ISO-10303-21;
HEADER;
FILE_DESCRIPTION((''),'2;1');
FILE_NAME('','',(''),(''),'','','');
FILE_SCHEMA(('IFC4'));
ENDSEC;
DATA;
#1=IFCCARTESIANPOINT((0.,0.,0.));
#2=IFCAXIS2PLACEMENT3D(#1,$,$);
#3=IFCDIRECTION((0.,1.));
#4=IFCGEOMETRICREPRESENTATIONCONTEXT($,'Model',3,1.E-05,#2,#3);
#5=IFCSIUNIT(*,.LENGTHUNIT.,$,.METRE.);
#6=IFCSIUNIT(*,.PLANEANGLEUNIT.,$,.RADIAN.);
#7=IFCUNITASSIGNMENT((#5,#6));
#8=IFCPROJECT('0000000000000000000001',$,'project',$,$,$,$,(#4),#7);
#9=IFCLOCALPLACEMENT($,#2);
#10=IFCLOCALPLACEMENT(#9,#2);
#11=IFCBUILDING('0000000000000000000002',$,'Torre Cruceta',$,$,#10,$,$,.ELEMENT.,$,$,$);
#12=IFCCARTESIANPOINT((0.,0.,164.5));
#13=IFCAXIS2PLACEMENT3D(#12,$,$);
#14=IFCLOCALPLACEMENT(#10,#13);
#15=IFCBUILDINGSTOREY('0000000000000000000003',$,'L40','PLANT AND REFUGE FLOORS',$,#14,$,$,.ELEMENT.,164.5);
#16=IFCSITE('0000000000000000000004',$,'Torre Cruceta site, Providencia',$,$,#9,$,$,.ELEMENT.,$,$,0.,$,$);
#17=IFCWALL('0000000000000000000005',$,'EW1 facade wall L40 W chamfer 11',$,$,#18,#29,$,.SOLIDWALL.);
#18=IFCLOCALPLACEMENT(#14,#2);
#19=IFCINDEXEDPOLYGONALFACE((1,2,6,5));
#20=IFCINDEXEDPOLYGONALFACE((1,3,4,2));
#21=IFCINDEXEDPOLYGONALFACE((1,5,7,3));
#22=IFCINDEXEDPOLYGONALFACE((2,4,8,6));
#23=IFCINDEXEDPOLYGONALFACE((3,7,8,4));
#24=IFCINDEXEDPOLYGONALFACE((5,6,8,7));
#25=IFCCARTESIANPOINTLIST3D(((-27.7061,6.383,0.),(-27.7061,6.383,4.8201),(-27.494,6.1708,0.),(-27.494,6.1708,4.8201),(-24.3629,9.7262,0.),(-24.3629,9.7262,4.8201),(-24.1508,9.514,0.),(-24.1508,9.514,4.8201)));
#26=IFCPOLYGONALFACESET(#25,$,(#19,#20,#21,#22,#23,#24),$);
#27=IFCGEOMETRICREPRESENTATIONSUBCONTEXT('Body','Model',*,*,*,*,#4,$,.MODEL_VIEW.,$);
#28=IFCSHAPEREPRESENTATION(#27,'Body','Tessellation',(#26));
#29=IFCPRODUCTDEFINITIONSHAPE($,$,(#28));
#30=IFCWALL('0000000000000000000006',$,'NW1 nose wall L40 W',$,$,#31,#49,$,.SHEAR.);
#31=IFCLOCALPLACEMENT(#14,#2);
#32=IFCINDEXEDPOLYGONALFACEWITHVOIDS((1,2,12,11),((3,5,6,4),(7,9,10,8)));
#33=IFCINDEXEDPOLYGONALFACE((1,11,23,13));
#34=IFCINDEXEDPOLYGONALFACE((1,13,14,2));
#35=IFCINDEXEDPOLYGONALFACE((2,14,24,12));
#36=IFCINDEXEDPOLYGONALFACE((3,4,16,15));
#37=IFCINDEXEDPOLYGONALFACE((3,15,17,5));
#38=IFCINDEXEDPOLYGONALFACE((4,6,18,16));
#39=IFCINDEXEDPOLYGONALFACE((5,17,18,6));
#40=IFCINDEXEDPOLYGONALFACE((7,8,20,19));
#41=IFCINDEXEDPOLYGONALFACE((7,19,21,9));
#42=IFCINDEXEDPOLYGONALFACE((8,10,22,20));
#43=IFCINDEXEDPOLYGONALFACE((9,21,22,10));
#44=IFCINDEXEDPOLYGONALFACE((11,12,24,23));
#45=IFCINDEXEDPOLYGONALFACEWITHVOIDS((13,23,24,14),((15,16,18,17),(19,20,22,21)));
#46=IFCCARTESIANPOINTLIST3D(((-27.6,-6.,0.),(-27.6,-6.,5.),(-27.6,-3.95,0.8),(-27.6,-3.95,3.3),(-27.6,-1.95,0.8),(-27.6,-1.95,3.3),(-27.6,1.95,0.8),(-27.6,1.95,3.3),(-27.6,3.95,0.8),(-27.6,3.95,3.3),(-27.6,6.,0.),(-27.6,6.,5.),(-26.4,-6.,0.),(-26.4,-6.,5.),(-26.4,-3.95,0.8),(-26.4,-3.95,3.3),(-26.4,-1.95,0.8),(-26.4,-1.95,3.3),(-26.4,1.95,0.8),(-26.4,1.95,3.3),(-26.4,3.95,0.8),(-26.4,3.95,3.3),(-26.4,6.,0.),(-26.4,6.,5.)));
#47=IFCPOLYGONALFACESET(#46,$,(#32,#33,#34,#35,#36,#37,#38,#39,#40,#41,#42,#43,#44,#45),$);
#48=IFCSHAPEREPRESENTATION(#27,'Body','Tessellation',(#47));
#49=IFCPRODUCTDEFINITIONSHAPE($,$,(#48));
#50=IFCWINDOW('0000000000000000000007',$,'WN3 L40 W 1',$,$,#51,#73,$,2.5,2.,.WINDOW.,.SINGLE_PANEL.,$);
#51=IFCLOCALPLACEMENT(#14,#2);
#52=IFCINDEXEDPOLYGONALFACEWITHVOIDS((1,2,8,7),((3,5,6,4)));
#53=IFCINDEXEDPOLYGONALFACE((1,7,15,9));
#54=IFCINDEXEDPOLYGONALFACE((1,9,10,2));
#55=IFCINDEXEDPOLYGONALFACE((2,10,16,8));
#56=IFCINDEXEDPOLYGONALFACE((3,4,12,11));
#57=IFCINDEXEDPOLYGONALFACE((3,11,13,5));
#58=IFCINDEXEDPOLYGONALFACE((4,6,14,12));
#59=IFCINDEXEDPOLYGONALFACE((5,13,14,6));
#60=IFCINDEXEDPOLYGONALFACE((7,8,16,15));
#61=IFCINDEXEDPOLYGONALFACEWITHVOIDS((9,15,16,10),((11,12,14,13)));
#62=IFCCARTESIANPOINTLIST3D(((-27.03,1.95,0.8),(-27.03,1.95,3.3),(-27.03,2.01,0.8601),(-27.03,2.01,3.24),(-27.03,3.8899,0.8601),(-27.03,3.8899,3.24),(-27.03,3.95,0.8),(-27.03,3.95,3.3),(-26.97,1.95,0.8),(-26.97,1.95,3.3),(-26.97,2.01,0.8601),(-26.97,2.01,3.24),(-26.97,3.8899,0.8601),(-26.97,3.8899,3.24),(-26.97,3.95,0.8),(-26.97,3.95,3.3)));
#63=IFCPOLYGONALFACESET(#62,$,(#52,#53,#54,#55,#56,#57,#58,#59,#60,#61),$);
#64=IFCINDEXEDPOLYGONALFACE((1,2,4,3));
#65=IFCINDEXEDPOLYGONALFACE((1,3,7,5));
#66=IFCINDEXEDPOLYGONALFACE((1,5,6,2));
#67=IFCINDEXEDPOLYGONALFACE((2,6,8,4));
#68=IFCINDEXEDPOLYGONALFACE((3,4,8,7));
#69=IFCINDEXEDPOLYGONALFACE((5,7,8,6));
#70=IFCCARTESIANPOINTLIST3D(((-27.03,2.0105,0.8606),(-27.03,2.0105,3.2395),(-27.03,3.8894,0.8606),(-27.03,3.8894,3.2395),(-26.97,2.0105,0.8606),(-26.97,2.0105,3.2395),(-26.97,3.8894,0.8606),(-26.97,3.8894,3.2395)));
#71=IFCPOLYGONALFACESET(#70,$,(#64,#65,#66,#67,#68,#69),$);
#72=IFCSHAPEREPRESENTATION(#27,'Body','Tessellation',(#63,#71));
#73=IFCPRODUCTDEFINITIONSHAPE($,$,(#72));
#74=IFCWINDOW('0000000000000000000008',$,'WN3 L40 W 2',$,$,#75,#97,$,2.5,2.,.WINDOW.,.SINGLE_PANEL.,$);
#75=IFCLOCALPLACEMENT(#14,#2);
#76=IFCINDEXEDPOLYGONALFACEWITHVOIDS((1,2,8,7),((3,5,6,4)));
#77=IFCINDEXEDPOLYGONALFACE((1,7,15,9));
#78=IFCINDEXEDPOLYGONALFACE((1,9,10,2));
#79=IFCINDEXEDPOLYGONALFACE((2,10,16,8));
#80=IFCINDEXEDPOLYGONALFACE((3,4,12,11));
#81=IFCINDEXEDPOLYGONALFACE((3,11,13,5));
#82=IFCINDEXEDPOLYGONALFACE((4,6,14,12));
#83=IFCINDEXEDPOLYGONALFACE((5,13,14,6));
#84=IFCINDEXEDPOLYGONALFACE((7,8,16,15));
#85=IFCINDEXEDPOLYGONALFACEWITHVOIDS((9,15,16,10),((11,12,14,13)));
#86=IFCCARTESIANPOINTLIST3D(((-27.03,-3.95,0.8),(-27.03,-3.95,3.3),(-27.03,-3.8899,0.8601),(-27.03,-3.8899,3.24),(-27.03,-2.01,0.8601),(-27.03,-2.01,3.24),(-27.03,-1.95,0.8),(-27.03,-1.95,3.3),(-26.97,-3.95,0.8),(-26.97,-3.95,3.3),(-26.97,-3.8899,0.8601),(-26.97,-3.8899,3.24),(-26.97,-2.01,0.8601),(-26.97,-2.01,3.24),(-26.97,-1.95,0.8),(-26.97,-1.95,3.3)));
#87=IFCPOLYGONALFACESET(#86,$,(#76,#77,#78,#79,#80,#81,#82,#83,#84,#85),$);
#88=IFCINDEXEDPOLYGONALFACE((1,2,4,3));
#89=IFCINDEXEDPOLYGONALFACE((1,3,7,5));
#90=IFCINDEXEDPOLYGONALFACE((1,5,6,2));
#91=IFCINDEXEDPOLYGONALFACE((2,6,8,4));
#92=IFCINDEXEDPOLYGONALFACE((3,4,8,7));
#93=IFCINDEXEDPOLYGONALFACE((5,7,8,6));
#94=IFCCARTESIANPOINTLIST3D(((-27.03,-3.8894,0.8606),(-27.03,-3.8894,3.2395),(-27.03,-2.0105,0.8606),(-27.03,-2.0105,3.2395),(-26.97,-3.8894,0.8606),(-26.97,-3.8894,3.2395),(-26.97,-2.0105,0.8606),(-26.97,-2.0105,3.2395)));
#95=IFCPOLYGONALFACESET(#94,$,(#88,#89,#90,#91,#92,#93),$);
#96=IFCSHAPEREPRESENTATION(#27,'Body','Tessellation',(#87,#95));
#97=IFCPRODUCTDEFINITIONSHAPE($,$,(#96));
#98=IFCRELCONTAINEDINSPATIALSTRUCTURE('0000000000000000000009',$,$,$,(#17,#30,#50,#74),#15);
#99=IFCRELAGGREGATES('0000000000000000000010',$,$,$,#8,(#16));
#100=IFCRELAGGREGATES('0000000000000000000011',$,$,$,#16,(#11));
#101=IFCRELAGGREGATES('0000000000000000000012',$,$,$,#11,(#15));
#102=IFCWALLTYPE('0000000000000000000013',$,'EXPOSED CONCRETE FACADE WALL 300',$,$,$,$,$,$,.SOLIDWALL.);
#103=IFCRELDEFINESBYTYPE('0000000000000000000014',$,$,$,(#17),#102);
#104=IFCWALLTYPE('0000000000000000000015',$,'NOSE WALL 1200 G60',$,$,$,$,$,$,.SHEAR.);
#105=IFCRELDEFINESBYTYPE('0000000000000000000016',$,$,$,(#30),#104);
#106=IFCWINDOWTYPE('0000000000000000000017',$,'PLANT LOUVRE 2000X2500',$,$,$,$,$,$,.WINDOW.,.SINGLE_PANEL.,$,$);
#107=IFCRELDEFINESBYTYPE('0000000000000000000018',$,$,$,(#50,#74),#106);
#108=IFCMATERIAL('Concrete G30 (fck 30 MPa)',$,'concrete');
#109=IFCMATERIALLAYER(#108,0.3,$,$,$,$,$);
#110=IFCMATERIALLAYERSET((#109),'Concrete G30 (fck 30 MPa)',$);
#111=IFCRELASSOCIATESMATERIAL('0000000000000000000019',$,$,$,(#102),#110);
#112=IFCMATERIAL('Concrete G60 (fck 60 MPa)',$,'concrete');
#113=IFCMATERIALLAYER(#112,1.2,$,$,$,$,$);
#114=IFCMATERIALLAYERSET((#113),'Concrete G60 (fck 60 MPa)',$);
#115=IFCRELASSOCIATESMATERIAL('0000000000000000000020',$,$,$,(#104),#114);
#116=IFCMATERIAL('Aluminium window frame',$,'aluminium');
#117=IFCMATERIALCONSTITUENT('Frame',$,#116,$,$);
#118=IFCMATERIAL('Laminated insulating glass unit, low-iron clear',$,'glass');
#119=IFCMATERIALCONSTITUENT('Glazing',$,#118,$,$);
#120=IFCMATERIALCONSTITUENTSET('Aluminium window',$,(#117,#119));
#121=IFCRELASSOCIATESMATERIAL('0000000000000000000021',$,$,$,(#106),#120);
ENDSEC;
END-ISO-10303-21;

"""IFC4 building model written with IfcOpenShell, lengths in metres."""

from ifc_helpers import new_model, si_unit, direction, frame, frame_2d, origin, place, context, subcontext, project, spatial, rectangle, hollow_rectangle, extrude, material, layer, layer_set, constituent, constituent_set, type_object, element, fill, save


model = new_model("IFC4")

# Units and contexts
model_context = context("Model", 3, precision=1e-05, world=origin(), true_north=direction((0.0, 1.0)))
body_context = subcontext(model_context, "Body", "Model", "MODEL_VIEW")
ifc_project = project(units=[si_unit("LENGTHUNIT", "METRE"), si_unit("PLANEANGLEUNIT", "RADIAN")], contexts=[model_context])

# Site, building, storey
site_placement = place(None, origin())
site = spatial("IfcSite", under=ifc_project, at=site_placement, Name="Torre Cruceta site, Providencia", CompositionType="ELEMENT", RefElevation=0.0)
building_placement = place(site_placement, origin())
building = spatial("IfcBuilding", under=site, at=building_placement, Name="Torre Cruceta", CompositionType="ELEMENT")
storey_placement = place(building_placement, frame((0.0, 0.0, 164.5)))
storey = spatial("IfcBuildingStorey", under=building, at=storey_placement, Name="L40", Description="PLANT AND REFUGE FLOORS", CompositionType="ELEMENT", Elevation=164.5)

# Wall
ifc_material_1 = material(Name="Concrete G30 (fck 30 MPa)", Category="concrete")
ifc_layer_1 = layer(ifc_material_1, 0.3)
ifc_layer_set_1 = layer_set([ifc_layer_1], Name="Concrete G30 (fck 30 MPa)")
wall_type_1 = type_object("IfcWallType", Name="EXPOSED CONCRETE FACADE WALL 300", PredefinedType="SOLIDWALL", material=ifc_layer_set_1)
wall_1_placement = place(storey_placement, frame((-24.2568, 9.6201, 0.0), z_axis=(0.0, 0.0, 1.0), x_axis=(-0.707107, -0.707107, 0.0)))
element("IfcWall", 1, at=wall_1_placement, inside=storey, type_object=wall_type_1, Name="EW1 facade wall L40 W chamfer 11", PredefinedType="SOLIDWALL", context=body_context, shape_type="SweptSolid", body=[
    extrude(rectangle(XDim=4.728, YDim=0.3, at=frame_2d((2.364, 0.0))), origin(), (0.0, 0.0, 1.0), 4.8201),
])

# Wall, openings, windows
ifc_material_2 = material(Name="Concrete G60 (fck 60 MPa)", Category="concrete")
ifc_layer_2 = layer(ifc_material_2, 1.2)
ifc_layer_set_2 = layer_set([ifc_layer_2], Name="Concrete G60 (fck 60 MPa)")
wall_type_2 = type_object("IfcWallType", Name="NOSE WALL 1200 G60", PredefinedType="SHEAR", material=ifc_layer_set_2)
wall_2_placement = place(storey_placement, frame((-27.0, 6.0, 0.0), z_axis=(0.0, 0.0, 1.0), x_axis=(0.0, -1.0, 0.0)))
wall_2 = element("IfcWall", 2, at=wall_2_placement, inside=storey, type_object=wall_type_2, Name="NW1 nose wall L40 W", PredefinedType="SHEAR", context=body_context, shape_type="SweptSolid", body=[
    extrude(rectangle(XDim=12.0, YDim=1.2, at=frame_2d((6.0, 0.0))), origin(), (0.0, 0.0, 1.0), 5.0),
])
opening_1_placement = place(wall_2_placement, frame((2.05, 0.0, 0.8)))
opening_1 = element("IfcOpeningElement", 3, at=opening_1_placement, cuts=wall_2, PredefinedType="OPENING", context=body_context, shape_type="SweptSolid", body=[
    extrude(rectangle(XDim=2.0, YDim=2.5, at=frame_2d((1.0, 1.25))), frame((0.0, 0.6099, 0.0), z_axis=(0.0, -1.0, 0.0), x_axis=(1.0, 0.0, 0.0)), (0.0, 0.0, 1.0), 1.22),
])
opening_2_placement = place(wall_2_placement, frame((7.95, 0.0, 0.8)))
opening_2 = element("IfcOpeningElement", 4, at=opening_2_placement, cuts=wall_2, PredefinedType="OPENING", context=body_context, shape_type="SweptSolid", body=[
    extrude(rectangle(XDim=2.0, YDim=2.5, at=frame_2d((1.0, 1.25))), frame((0.0, 0.6099, 0.0), z_axis=(0.0, -1.0, 0.0), x_axis=(1.0, 0.0, 0.0)), (0.0, 0.0, 1.0), 1.22),
])
ifc_material_3 = material(Name="Aluminium window frame", Category="aluminium")
ifc_constituent_1 = constituent(ifc_material_3, Name="Frame")
ifc_material_4 = material(Name="Laminated insulating glass unit, low-iron clear", Category="glass")
ifc_constituent_2 = constituent(ifc_material_4, Name="Glazing")
ifc_constituent_set = constituent_set(constituents=[ifc_constituent_1, ifc_constituent_2], Name="Aluminium window")
window_type = type_object("IfcWindowType", Name="PLANT LOUVRE 2000X2500", PartitioningType="SINGLE_PANEL", PredefinedType="WINDOW", material=ifc_constituent_set)
window_1_placement = place(opening_1_placement, origin())
window_1 = element("IfcWindow", 5, at=window_1_placement, inside=storey, type_object=window_type, Name="WN3 L40 W 1", OverallHeight=2.5, OverallWidth=2.0, PartitioningType="SINGLE_PANEL", PredefinedType="WINDOW", context=body_context, shape_type="SweptSolid", body=[
    extrude(hollow_rectangle(XDim=2.0, YDim=2.5, WallThickness=0.0601, at=frame_2d((1.0, 1.25))), frame((0.0, 0.03, 0.0), z_axis=(0.0, -1.0, 0.0), x_axis=(1.0, 0.0, 0.0)), (0.0, 0.0, 1.0), 0.0601),
    extrude(rectangle(XDim=1.8789, YDim=2.3789, at=frame_2d((1.0, 1.25))), frame((0.0, 0.03, 0.0), z_axis=(0.0, -1.0, 0.0), x_axis=(1.0, 0.0, 0.0)), (0.0, 0.0, 1.0), 0.0601),
])
fill(opening_1, window_1)
window_2_placement = place(opening_2_placement, origin())
window_2 = element("IfcWindow", 6, at=window_2_placement, inside=storey, type_object=window_type, Name="WN3 L40 W 2", OverallHeight=2.5, OverallWidth=2.0, PartitioningType="SINGLE_PANEL", PredefinedType="WINDOW", context=body_context, shape_type="SweptSolid", body=[
    extrude(hollow_rectangle(XDim=2.0, YDim=2.5, WallThickness=0.0601, at=frame_2d((1.0, 1.25))), frame((0.0, 0.03, 0.0), z_axis=(0.0, -1.0, 0.0), x_axis=(1.0, 0.0, 0.0)), (0.0, 0.0, 1.0), 0.0601),
    extrude(rectangle(XDim=1.8789, YDim=2.3789, at=frame_2d((1.0, 1.25))), frame((0.0, 0.03, 0.0), z_axis=(0.0, -1.0, 0.0), x_axis=(1.0, 0.0, 0.0)), (0.0, 0.0, 1.0), 0.0601),
])
fill(opening_2, window_2)

save(model, "model.ifc")
